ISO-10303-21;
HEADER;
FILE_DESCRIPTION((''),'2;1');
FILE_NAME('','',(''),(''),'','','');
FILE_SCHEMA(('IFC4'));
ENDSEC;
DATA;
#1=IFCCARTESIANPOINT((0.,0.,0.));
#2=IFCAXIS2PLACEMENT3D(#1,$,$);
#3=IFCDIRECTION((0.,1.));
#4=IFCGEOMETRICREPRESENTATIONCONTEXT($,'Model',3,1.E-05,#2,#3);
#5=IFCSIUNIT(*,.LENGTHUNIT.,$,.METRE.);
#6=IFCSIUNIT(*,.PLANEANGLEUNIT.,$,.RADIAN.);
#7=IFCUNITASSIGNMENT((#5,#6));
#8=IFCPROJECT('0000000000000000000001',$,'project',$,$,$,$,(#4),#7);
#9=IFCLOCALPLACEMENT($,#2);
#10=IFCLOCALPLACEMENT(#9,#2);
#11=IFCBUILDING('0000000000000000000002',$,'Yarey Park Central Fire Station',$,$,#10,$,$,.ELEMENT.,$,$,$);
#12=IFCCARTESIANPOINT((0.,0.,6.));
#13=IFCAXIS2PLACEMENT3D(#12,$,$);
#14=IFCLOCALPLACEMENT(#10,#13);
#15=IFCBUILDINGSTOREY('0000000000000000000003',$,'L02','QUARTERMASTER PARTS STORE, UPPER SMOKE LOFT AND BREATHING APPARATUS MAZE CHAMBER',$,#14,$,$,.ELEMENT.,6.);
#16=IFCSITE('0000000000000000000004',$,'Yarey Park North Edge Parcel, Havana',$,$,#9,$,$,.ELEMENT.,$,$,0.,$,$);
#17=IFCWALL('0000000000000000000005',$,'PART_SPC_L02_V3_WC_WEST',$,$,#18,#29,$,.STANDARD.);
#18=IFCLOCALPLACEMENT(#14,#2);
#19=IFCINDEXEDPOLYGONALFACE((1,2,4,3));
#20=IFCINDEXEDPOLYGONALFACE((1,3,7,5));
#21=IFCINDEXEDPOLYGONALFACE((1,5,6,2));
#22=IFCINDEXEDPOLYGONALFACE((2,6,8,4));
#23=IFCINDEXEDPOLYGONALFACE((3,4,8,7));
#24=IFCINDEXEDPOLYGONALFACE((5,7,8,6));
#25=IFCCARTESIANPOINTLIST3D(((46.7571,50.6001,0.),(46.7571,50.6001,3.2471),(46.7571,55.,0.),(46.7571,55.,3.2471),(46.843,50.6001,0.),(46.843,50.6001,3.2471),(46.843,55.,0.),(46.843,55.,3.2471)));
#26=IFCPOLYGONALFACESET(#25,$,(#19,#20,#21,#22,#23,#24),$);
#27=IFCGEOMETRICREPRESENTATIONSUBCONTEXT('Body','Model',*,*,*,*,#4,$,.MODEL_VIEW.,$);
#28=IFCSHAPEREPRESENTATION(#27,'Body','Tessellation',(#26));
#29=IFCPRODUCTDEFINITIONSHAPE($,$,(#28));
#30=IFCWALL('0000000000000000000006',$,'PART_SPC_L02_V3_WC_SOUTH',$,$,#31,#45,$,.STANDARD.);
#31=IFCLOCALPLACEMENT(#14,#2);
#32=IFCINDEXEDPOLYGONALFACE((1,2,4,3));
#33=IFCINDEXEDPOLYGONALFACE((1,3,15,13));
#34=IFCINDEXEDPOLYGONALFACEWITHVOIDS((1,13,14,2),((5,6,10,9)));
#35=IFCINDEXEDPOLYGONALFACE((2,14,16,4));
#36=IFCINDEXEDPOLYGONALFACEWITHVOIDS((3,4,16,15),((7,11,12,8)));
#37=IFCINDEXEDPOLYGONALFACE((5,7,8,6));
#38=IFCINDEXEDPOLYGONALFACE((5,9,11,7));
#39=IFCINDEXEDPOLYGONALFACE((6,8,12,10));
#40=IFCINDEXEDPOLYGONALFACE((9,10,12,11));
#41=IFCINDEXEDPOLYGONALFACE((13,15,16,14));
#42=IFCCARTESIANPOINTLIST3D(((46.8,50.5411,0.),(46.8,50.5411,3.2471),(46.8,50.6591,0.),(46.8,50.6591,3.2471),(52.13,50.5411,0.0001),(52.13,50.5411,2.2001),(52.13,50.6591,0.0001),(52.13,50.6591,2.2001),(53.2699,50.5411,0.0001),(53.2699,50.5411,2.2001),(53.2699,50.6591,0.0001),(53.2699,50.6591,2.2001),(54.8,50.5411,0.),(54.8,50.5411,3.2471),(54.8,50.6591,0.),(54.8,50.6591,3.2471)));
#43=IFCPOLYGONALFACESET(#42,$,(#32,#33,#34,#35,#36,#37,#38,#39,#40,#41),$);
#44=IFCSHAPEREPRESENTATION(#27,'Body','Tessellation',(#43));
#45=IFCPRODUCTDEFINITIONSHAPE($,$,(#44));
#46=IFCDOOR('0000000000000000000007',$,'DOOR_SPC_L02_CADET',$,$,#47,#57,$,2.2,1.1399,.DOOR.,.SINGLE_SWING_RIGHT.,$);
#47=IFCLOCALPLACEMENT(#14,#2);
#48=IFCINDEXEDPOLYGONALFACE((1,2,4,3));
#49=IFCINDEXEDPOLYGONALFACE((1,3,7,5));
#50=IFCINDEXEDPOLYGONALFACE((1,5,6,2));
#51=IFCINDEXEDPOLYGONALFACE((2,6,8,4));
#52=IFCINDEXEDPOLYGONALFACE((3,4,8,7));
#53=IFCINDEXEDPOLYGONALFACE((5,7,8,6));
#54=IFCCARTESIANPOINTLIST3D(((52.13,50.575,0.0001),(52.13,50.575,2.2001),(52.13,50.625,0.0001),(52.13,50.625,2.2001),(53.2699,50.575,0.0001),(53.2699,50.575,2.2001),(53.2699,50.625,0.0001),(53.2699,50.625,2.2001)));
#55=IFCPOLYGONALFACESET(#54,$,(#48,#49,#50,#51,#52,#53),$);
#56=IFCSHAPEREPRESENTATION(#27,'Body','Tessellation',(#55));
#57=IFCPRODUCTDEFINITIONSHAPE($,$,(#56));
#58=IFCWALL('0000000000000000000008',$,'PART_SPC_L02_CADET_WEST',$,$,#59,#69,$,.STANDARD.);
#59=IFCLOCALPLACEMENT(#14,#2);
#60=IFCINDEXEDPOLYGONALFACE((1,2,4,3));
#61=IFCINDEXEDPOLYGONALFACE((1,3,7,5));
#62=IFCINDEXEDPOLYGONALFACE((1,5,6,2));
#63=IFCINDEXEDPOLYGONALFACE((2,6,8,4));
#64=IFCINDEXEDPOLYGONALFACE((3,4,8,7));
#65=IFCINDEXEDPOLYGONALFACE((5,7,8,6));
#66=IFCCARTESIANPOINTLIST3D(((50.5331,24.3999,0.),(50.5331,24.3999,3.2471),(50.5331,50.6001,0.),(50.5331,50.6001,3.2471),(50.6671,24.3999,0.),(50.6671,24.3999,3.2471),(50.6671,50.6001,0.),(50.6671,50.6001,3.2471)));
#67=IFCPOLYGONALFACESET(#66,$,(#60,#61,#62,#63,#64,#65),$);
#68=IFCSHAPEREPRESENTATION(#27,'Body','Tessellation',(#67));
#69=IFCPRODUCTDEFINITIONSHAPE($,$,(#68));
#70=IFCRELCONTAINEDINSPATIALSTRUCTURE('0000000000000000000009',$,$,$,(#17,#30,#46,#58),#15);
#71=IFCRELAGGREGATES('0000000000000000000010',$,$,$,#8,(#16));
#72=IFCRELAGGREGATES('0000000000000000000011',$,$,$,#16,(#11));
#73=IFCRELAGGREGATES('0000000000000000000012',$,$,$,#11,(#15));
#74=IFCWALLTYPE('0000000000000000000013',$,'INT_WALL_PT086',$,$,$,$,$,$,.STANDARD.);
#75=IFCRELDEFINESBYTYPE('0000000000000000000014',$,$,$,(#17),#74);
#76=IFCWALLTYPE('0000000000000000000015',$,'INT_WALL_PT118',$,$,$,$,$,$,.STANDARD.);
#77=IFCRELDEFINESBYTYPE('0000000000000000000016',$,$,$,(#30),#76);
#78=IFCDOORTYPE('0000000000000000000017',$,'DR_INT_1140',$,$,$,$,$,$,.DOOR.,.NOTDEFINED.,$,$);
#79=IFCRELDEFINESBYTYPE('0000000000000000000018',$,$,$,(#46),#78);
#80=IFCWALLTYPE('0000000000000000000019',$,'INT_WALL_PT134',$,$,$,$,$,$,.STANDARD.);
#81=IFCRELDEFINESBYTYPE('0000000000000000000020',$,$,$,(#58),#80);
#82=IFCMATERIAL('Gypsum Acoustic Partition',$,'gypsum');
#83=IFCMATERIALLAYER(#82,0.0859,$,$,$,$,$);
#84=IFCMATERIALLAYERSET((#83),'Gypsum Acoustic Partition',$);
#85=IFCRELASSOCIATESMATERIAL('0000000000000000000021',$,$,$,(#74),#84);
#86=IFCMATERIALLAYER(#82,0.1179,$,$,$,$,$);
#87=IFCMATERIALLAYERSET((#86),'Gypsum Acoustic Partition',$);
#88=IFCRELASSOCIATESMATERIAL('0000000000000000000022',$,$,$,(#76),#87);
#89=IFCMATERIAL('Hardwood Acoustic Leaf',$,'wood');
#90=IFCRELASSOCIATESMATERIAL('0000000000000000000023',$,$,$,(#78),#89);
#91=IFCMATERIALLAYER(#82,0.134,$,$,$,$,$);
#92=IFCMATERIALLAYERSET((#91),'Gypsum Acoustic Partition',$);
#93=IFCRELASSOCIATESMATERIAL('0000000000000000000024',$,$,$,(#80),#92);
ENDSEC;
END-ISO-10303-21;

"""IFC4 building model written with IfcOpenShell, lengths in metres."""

from ifc_helpers import new_model, si_unit, direction, frame, frame_2d, origin, place, context, subcontext, project, spatial, rectangle, extrude, material, layer, layer_set, type_object, element, fill, save


model = new_model("IFC4")

# Units and contexts
model_context = context("Model", 3, precision=1e-05, world=origin(), true_north=direction((0.0, 1.0)))
body_context = subcontext(model_context, "Body", "Model", "MODEL_VIEW")
ifc_project = project(units=[si_unit("LENGTHUNIT", "METRE"), si_unit("PLANEANGLEUNIT", "RADIAN")], contexts=[model_context])

# Site, building, storey
site_placement = place(None, origin())
site = spatial("IfcSite", under=ifc_project, at=site_placement, Name="Yarey Park North Edge Parcel, Havana", CompositionType="ELEMENT", RefElevation=0.0)
building_placement = place(site_placement, origin())
building = spatial("IfcBuilding", under=site, at=building_placement, Name="Yarey Park Central Fire Station", CompositionType="ELEMENT")
storey_placement = place(building_placement, frame((0.0, 0.0, 6.0)))
storey = spatial("IfcBuildingStorey", under=building, at=storey_placement, Name="L02", Description="QUARTERMASTER PARTS STORE, UPPER SMOKE LOFT AND BREATHING APPARATUS MAZE CHAMBER", CompositionType="ELEMENT", Elevation=6.0)

# Wall
ifc_material_1 = material(Name="Gypsum Acoustic Partition", Category="gypsum")
ifc_layer_1 = layer(ifc_material_1, 0.0859)
ifc_layer_set_1 = layer_set([ifc_layer_1], Name="Gypsum Acoustic Partition")
wall_type_1 = type_object("IfcWallType", Name="INT_WALL_PT086", PredefinedType="STANDARD", material=ifc_layer_set_1)
wall_1_placement = place(storey_placement, frame((46.8, 55.0, 0.0), z_axis=(0.0, 0.0, 1.0), x_axis=(0.0, -1.0, 0.0)))
element("IfcWall", 1, at=wall_1_placement, inside=storey, type_object=wall_type_1, Name="PART_SPC_L02_V3_WC_WEST", PredefinedType="STANDARD", context=body_context, shape_type="SweptSolid", body=[
    extrude(rectangle(XDim=4.3999, YDim=0.0859, at=frame_2d((2.2, 0.0))), origin(), (0.0, 0.0, 1.0), 3.2471),
])

# Wall, opening, door
ifc_layer_2 = layer(ifc_material_1, 0.1179)
ifc_layer_set_2 = layer_set([ifc_layer_2], Name="Gypsum Acoustic Partition")
wall_type_2 = type_object("IfcWallType", Name="INT_WALL_PT118", PredefinedType="STANDARD", material=ifc_layer_set_2)
wall_2_placement = place(storey_placement, frame((46.8, 50.6001, 0.0), z_axis=(0.0, 0.0, 1.0), x_axis=(1.0, 0.0, 0.0)))
wall_2 = element("IfcWall", 2, at=wall_2_placement, inside=storey, type_object=wall_type_2, Name="PART_SPC_L02_V3_WC_SOUTH", PredefinedType="STANDARD", context=body_context, shape_type="SweptSolid", body=[
    extrude(rectangle(XDim=8.0, YDim=0.1179, at=frame_2d((4.0, 0.0))), origin(), (0.0, 0.0, 1.0), 3.2471),
])
opening_1_placement = place(wall_2_placement, frame((5.3301, 0.0, 0.0)))
opening_1 = element("IfcOpeningElement", 3, at=opening_1_placement, cuts=wall_2, PredefinedType="OPENING", context=body_context, shape_type="SweptSolid", body=[
    extrude(rectangle(XDim=1.1399, YDim=2.2, at=frame_2d((0.5698, 1.1001))), frame((0.0, 0.0688, 0.0), z_axis=(0.0, -1.0, 0.0), x_axis=(1.0, 0.0, 0.0)), (0.0, 0.0, 1.0), 0.1379),
])
ifc_material_2 = material(Name="Hardwood Acoustic Leaf", Category="wood")
door_type_1 = type_object("IfcDoorType", Name="DR_INT_1140", OperationType="NOTDEFINED", PredefinedType="DOOR", material=ifc_material_2)
door_1_placement = place(opening_1_placement, origin())
door_1 = element("IfcDoor", 4, at=door_1_placement, inside=storey, type_object=door_type_1, Name="DOOR_SPC_L02_CADET", OperationType="SINGLE_SWING_RIGHT", OverallHeight=2.2, OverallWidth=1.1399, PredefinedType="DOOR", context=body_context, shape_type="SweptSolid", body=[
    extrude(rectangle(XDim=1.1399, YDim=2.2, at=frame_2d((0.5698, 1.1001))), frame((0.0, 0.0249, 0.0), z_axis=(0.0, -1.0, 0.0), x_axis=(1.0, 0.0, 0.0)), (0.0, 0.0, 1.0), 0.05),
])
fill(opening_1, door_1)

# Wall
ifc_layer_3 = layer(ifc_material_1, 0.134)
ifc_layer_set_3 = layer_set([ifc_layer_3], Name="Gypsum Acoustic Partition")
wall_type_3 = type_object("IfcWallType", Name="INT_WALL_PT134", PredefinedType="STANDARD", material=ifc_layer_set_3)
wall_3_placement = place(storey_placement, frame((50.6001, 50.6001, 0.0), z_axis=(0.0, 0.0, 1.0), x_axis=(0.0, -1.0, 0.0)))
element("IfcWall", 5, at=wall_3_placement, inside=storey, type_object=wall_type_3, Name="PART_SPC_L02_CADET_WEST", PredefinedType="STANDARD", context=body_context, shape_type="SweptSolid", body=[
    extrude(rectangle(XDim=26.2002, YDim=0.134, at=frame_2d((13.1001, 0.0))), origin(), (0.0, 0.0, 1.0), 3.2471),
])

save(model, "model.ifc")
